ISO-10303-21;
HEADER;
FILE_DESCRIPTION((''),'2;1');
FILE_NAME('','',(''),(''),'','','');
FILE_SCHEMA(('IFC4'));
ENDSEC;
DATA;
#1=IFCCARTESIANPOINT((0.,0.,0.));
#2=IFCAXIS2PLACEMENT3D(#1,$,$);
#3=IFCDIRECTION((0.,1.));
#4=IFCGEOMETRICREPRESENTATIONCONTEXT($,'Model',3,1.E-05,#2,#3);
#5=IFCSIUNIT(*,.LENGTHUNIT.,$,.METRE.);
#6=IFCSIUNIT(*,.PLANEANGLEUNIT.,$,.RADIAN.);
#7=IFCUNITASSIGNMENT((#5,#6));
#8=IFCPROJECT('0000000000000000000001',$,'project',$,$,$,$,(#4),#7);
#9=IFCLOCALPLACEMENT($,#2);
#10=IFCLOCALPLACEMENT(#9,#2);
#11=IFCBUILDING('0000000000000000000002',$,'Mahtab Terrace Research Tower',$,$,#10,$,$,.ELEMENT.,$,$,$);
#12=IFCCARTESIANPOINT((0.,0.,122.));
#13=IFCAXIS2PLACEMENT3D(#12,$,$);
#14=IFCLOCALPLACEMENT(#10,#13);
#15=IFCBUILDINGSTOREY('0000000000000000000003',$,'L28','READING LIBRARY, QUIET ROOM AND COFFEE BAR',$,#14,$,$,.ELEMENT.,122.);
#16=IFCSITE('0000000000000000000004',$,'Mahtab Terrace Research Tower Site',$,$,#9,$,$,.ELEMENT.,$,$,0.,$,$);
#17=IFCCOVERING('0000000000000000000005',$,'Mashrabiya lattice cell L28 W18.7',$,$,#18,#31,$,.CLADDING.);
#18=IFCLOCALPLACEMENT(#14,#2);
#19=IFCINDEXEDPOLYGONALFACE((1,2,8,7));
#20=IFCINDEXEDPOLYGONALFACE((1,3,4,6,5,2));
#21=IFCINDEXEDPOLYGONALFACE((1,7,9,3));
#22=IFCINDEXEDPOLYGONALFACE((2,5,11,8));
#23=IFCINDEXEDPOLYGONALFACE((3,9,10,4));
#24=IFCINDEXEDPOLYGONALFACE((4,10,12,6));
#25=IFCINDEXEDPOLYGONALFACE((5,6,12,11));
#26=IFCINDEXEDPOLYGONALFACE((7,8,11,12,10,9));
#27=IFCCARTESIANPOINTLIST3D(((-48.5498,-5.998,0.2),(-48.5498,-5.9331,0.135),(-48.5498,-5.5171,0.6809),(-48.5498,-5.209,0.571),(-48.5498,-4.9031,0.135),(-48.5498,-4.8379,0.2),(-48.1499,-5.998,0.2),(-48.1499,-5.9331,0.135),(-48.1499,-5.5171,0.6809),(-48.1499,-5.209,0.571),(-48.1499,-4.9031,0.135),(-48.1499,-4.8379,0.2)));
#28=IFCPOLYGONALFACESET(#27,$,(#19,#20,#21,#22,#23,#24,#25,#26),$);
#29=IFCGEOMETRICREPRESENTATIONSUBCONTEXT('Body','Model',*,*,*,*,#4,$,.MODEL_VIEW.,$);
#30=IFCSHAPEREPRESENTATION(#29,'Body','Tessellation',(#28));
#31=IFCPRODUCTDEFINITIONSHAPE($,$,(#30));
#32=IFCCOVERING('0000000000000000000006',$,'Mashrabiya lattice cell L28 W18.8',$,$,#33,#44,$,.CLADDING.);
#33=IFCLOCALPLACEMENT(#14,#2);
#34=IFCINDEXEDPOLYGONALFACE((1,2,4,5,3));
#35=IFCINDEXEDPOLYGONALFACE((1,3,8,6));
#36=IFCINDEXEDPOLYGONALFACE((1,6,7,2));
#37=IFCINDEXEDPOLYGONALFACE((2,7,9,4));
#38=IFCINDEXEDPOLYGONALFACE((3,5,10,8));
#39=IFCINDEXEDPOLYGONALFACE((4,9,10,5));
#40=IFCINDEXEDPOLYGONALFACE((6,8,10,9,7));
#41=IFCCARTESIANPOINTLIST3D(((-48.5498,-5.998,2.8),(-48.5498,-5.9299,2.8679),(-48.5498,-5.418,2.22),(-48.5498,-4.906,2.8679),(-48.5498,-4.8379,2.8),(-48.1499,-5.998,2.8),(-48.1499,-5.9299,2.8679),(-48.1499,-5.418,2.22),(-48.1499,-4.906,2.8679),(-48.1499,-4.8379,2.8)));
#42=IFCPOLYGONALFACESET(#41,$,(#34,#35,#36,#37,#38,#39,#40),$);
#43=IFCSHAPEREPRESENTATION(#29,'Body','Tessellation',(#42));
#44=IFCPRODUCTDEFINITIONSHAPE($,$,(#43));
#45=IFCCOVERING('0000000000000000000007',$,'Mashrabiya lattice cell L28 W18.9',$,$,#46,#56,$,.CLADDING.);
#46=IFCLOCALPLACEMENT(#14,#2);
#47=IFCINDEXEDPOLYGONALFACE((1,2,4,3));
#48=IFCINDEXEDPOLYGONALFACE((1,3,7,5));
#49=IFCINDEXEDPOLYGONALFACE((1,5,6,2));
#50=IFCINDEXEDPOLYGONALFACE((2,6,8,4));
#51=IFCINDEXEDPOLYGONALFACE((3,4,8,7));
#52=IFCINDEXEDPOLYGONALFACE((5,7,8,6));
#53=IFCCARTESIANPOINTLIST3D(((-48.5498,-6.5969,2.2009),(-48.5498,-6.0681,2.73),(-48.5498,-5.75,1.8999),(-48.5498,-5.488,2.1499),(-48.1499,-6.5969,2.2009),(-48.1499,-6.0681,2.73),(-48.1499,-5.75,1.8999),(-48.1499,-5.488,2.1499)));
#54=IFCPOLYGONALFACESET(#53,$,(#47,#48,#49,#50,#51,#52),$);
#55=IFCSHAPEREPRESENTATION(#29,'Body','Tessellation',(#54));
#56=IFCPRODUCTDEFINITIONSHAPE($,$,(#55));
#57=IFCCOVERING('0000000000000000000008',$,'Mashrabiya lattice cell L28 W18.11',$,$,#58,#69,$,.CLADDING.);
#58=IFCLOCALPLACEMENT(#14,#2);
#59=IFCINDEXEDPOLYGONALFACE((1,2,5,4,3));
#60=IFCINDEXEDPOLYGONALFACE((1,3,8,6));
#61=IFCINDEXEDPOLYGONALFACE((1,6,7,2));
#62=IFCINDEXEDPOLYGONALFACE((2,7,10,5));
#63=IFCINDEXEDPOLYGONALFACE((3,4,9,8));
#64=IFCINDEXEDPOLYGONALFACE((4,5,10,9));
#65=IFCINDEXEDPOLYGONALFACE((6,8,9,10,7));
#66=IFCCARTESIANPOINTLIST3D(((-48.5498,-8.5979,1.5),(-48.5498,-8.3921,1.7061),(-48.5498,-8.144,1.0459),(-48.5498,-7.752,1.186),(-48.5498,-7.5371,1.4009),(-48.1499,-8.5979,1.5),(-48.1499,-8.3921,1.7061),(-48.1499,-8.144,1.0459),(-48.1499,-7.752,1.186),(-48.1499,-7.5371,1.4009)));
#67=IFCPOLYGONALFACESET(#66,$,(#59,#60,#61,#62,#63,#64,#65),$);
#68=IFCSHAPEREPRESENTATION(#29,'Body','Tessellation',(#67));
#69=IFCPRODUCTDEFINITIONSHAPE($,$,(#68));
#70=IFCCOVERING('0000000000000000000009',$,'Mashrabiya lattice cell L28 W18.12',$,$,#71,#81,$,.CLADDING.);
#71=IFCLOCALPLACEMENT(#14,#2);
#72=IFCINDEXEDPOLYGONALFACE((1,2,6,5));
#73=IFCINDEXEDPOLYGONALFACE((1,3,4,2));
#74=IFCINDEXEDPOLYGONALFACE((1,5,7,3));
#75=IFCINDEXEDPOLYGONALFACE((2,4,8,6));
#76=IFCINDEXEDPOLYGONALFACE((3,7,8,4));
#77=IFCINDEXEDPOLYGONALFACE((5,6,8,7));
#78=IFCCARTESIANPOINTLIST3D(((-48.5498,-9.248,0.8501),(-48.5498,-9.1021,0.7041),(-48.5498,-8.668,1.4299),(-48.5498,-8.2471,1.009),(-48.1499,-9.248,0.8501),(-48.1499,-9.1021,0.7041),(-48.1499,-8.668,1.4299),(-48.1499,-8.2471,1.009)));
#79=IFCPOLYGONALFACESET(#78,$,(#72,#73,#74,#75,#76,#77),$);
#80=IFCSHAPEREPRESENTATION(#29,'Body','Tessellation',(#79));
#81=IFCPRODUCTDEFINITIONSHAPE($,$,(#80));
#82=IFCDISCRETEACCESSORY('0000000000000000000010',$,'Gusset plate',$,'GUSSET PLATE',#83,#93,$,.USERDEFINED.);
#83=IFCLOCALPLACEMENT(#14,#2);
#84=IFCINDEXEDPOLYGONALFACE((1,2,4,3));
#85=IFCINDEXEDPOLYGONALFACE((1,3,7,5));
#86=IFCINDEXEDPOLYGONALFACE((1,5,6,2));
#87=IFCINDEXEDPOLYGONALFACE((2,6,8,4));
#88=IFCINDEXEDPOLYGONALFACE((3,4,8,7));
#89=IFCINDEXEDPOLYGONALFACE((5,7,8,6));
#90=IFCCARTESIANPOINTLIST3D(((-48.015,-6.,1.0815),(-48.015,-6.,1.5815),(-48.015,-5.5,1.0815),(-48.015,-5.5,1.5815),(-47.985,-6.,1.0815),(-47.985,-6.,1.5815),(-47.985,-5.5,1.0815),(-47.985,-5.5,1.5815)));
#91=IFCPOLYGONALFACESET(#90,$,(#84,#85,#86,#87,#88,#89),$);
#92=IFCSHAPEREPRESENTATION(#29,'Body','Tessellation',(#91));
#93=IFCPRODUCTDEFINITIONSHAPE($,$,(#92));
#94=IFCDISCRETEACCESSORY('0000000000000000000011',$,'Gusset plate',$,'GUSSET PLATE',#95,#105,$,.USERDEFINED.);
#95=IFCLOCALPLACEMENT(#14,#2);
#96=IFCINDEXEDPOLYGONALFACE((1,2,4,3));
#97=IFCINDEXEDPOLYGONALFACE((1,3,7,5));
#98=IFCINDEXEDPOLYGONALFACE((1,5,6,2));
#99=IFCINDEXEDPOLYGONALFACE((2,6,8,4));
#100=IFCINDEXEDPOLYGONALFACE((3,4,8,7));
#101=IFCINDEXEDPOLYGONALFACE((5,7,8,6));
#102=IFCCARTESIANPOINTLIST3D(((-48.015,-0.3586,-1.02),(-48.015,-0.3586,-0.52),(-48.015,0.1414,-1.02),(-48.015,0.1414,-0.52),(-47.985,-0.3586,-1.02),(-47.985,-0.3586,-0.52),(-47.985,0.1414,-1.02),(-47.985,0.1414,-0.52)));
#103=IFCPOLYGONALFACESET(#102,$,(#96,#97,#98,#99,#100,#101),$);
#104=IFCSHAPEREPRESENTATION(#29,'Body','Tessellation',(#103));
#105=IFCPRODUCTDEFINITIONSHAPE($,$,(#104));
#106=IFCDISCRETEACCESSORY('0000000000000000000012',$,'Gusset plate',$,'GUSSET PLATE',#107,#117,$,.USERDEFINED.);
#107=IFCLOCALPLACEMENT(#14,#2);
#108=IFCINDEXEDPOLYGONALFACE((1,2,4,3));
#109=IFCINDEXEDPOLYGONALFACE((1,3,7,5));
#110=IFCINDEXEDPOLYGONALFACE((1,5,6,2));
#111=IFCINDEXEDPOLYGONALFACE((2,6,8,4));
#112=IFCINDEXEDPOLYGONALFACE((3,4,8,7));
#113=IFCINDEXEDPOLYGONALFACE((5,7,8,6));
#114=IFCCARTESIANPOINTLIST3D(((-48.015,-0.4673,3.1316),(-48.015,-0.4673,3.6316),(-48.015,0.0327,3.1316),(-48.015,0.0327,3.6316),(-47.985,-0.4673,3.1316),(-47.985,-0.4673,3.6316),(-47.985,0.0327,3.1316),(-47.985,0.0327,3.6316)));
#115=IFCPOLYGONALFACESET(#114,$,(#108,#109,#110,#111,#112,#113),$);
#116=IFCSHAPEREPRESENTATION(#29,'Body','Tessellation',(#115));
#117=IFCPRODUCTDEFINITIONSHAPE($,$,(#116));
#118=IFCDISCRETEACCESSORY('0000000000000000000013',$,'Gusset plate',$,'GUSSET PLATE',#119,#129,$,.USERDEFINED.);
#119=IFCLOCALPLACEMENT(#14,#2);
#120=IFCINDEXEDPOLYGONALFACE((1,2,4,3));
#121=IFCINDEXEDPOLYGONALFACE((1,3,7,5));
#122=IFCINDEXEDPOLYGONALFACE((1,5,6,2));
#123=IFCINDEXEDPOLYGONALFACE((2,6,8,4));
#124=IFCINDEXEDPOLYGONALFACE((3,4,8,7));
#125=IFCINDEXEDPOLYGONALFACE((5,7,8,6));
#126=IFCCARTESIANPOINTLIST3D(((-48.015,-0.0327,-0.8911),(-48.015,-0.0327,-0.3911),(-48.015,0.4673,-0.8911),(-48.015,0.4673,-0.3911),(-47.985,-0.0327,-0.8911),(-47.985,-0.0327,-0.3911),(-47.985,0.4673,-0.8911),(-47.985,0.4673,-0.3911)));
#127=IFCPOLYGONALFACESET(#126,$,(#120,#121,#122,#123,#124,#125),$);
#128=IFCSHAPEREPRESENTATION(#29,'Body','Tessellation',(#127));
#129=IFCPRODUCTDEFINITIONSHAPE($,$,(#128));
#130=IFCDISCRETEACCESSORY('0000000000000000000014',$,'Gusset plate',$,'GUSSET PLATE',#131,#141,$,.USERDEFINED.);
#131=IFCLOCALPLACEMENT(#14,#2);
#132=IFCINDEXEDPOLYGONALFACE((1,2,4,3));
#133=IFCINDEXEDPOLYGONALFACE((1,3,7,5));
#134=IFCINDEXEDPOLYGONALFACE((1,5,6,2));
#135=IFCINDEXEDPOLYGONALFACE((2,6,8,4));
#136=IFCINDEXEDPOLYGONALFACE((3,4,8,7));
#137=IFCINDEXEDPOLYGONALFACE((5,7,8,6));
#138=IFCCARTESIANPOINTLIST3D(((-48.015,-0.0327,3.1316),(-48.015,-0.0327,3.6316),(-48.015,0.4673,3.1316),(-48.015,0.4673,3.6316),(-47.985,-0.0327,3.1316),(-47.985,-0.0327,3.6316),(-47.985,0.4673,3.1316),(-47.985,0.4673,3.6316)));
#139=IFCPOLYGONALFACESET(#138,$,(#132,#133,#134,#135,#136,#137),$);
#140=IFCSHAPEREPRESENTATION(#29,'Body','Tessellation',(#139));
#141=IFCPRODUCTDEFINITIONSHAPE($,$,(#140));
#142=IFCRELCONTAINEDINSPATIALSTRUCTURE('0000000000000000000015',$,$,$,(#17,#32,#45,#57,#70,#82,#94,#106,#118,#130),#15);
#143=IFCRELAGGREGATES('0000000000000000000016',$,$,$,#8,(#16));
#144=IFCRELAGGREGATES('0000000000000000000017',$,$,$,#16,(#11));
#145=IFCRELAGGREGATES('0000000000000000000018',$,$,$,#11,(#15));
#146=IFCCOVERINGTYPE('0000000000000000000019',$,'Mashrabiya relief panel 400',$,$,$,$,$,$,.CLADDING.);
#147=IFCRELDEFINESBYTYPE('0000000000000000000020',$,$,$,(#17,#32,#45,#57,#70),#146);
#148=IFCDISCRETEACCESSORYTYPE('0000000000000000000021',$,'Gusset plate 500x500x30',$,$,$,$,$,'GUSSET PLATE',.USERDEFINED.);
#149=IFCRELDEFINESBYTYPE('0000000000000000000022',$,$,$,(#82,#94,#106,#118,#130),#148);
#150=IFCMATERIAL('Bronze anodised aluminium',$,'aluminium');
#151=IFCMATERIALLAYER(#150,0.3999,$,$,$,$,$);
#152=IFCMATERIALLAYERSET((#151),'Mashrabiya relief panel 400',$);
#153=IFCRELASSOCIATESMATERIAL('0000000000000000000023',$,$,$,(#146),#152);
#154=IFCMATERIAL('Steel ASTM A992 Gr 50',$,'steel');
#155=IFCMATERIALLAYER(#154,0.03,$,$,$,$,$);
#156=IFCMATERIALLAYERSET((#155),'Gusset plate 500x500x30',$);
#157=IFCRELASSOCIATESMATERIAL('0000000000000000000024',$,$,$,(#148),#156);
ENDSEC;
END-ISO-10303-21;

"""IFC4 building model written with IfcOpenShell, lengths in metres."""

from ifc_helpers import new_model, si_unit, direction, frame, origin, origin_2d, place, context, subcontext, project, spatial, polyline, rectangle, outline, extrude, material, layer, layer_set, type_object, element, save


model = new_model("IFC4")

# Units and contexts
model_context = context("Model", 3, precision=1e-05, world=origin(), true_north=direction((0.0, 1.0)))
body_context = subcontext(model_context, "Body", "Model", "MODEL_VIEW")
ifc_project = project(units=[si_unit("LENGTHUNIT", "METRE"), si_unit("PLANEANGLEUNIT", "RADIAN")], contexts=[model_context])

# Site, building, storey
site_placement = place(None, origin())
site = spatial("IfcSite", under=ifc_project, at=site_placement, Name="Mahtab Terrace Research Tower Site", CompositionType="ELEMENT", RefElevation=0.0)
building_placement = place(site_placement, origin())
building = spatial("IfcBuilding", under=site, at=building_placement, Name="Mahtab Terrace Research Tower", CompositionType="ELEMENT")
storey_placement = place(building_placement, frame((0.0, 0.0, 122.0)))
storey = spatial("IfcBuildingStorey", under=building, at=storey_placement, Name="L28", Description="READING LIBRARY, QUIET ROOM AND COFFEE BAR", CompositionType="ELEMENT", Elevation=122.0)

# Shared definitions
ifc_material_1 = material(Name="Steel ASTM A992 Gr 50", Category="steel")

# Coverings
ifc_material_2 = material(Name="Bronze anodised aluminium", Category="aluminium")
ifc_layer_1 = layer(ifc_material_2, 0.3999)
ifc_layer_set_1 = layer_set([ifc_layer_1], Name="Mashrabiya relief panel 400")
covering_type = type_object("IfcCoveringType", Name="Mashrabiya relief panel 400", PredefinedType="CLADDING", material=ifc_layer_set_1)
covering_1_placement = place(storey_placement, frame((-48.1499, -4.8379, 0.2), z_axis=(1.0, 0.0, 0.0), x_axis=(0.0, -0.707107, 0.707107)))
element("IfcCovering", 1, at=covering_1_placement, inside=storey, type_object=covering_type, Name="Mashrabiya lattice cell L28 W18.7", PredefinedType="CLADDING", context=body_context, shape_type="SweptSolid", body=[
    extrude(outline(polyline([(0.0, 0.0), (0.5248, 0.0), (0.8204, 0.1402), (0.8204, 0.8204), (0.7285, 0.8204), (0.0002, 0.092), (0.0, 0.0)])), origin(), (0.0, 0.0, -1.0), 0.3999),
])
covering_2_placement = place(storey_placement, frame((-48.1499, -5.998, 2.8), z_axis=(1.0, 0.0, 0.0), x_axis=(0.0, 0.707107, -0.707107)))
element("IfcCovering", 2, at=covering_2_placement, inside=storey, type_object=covering_type, Name="Mashrabiya lattice cell L28 W18.8", PredefinedType="CLADDING", context=body_context, shape_type="SweptSolid", body=[
    extrude(outline(polyline([(0.0, 0.0), (0.8204, 0.0), (0.8204, 0.8204), (0.7242, 0.8202), (0.0002, 0.0962), (0.0, 0.0)])), origin(), (0.0, 0.0, -1.0), 0.3999),
])
covering_3_placement = place(storey_placement, frame((-48.1499, -5.488, 2.1499), z_axis=(1.0, 0.0, 0.0), x_axis=(0.0, -0.707107, 0.707107)))
element("IfcCovering", 3, at=covering_3_placement, inside=storey, type_object=covering_type, Name="Mashrabiya lattice cell L28 W18.9", PredefinedType="CLADDING", context=body_context, shape_type="SweptSolid", body=[
    extrude(outline(polyline([(0.0, 0.0), (0.8204, 0.0), (0.8202, 0.748), (0.0085, 0.362), (0.0, 0.0)])), origin(), (0.0, 0.0, -1.0), 0.3999),
])
covering_4_placement = place(storey_placement, frame((-48.1499, -7.5371, 1.4009), z_axis=(1.0, 0.0, 0.0), x_axis=(0.0, -0.941803, 0.336166)))
element("IfcCovering", 4, at=covering_4_placement, inside=storey, type_object=covering_type, Name="Mashrabiya lattice cell L28 W18.11", PredefinedType="CLADDING", context=body_context, shape_type="SweptSolid", body=[
    extrude(outline(polyline([(0.0, 0.0), (0.9078, 0.0), (1.0324, 0.2632), (0.4523, 0.5384), (0.1301, 0.2746), (0.0, 0.0)])), origin(), (0.0, 0.0, -1.0), 0.3999),
])
covering_5_placement = place(storey_placement, frame((-48.1499, -8.668, 1.4299), z_axis=(1.0, 0.0, 0.0), x_axis=(0.0, -0.707256, -0.706958)))
element("IfcCovering", 5, at=covering_5_placement, inside=storey, type_object=covering_type, Name="Mashrabiya lattice cell L28 W18.12", PredefinedType="CLADDING", context=body_context, shape_type="SweptSolid", body=[
    extrude(outline(polyline([(0.0, 0.0), (0.8202, 0.0), (0.8201, 0.2065), (-0.0001, 0.5952), (0.0, 0.0)])), origin(), (0.0, 0.0, -1.0), 0.3999),
])

# Discrete accessories
ifc_layer_2 = layer(ifc_material_1, 0.03)
ifc_layer_set_2 = layer_set([ifc_layer_2], Name="Gusset plate 500x500x30")
discrete_accessory_type = type_object("IfcDiscreteAccessoryType", Name="Gusset plate 500x500x30", ElementType="GUSSET PLATE", PredefinedType="USERDEFINED", material=ifc_layer_set_2)
for number, where, z_axis, x_axis, name in (
    (6, (-48.0, -5.75, 1.0815), (0.0, 0.0, 1.0), (0.0, 1.0, 0.0), "Gusset plate"),
    (7, (-48.0, -0.1086, -1.02), (0.0, 0.0, 1.0), (0.0, 1.0, 0.0), "Gusset plate"),
    (8, (-48.0, -0.2173, 3.1316), (0.0, 0.0, 1.0), (0.0, 1.0, 0.0), "Gusset plate"),
    (9, (-48.0, 0.2173, -0.8911), (0.0, 0.0, 1.0), (0.0, 1.0, 0.0), "Gusset plate"),
    (10, (-48.0, 0.2173, 3.1316), (0.0, 0.0, 1.0), (0.0, 1.0, 0.0), "Gusset plate"),
):
    element("IfcDiscreteAccessory", number, at=place(storey_placement, frame(where, z_axis=z_axis, x_axis=x_axis)), inside=storey, type_object=discrete_accessory_type, Name=name, ObjectType="GUSSET PLATE", PredefinedType="USERDEFINED", context=body_context, shape_type="SweptSolid", body=[
        extrude(rectangle(XDim=0.5, YDim=0.03, at=origin_2d()), origin(), (0.0, 0.0, 1.0), 0.5),
    ])

save(model, "model.ifc")
